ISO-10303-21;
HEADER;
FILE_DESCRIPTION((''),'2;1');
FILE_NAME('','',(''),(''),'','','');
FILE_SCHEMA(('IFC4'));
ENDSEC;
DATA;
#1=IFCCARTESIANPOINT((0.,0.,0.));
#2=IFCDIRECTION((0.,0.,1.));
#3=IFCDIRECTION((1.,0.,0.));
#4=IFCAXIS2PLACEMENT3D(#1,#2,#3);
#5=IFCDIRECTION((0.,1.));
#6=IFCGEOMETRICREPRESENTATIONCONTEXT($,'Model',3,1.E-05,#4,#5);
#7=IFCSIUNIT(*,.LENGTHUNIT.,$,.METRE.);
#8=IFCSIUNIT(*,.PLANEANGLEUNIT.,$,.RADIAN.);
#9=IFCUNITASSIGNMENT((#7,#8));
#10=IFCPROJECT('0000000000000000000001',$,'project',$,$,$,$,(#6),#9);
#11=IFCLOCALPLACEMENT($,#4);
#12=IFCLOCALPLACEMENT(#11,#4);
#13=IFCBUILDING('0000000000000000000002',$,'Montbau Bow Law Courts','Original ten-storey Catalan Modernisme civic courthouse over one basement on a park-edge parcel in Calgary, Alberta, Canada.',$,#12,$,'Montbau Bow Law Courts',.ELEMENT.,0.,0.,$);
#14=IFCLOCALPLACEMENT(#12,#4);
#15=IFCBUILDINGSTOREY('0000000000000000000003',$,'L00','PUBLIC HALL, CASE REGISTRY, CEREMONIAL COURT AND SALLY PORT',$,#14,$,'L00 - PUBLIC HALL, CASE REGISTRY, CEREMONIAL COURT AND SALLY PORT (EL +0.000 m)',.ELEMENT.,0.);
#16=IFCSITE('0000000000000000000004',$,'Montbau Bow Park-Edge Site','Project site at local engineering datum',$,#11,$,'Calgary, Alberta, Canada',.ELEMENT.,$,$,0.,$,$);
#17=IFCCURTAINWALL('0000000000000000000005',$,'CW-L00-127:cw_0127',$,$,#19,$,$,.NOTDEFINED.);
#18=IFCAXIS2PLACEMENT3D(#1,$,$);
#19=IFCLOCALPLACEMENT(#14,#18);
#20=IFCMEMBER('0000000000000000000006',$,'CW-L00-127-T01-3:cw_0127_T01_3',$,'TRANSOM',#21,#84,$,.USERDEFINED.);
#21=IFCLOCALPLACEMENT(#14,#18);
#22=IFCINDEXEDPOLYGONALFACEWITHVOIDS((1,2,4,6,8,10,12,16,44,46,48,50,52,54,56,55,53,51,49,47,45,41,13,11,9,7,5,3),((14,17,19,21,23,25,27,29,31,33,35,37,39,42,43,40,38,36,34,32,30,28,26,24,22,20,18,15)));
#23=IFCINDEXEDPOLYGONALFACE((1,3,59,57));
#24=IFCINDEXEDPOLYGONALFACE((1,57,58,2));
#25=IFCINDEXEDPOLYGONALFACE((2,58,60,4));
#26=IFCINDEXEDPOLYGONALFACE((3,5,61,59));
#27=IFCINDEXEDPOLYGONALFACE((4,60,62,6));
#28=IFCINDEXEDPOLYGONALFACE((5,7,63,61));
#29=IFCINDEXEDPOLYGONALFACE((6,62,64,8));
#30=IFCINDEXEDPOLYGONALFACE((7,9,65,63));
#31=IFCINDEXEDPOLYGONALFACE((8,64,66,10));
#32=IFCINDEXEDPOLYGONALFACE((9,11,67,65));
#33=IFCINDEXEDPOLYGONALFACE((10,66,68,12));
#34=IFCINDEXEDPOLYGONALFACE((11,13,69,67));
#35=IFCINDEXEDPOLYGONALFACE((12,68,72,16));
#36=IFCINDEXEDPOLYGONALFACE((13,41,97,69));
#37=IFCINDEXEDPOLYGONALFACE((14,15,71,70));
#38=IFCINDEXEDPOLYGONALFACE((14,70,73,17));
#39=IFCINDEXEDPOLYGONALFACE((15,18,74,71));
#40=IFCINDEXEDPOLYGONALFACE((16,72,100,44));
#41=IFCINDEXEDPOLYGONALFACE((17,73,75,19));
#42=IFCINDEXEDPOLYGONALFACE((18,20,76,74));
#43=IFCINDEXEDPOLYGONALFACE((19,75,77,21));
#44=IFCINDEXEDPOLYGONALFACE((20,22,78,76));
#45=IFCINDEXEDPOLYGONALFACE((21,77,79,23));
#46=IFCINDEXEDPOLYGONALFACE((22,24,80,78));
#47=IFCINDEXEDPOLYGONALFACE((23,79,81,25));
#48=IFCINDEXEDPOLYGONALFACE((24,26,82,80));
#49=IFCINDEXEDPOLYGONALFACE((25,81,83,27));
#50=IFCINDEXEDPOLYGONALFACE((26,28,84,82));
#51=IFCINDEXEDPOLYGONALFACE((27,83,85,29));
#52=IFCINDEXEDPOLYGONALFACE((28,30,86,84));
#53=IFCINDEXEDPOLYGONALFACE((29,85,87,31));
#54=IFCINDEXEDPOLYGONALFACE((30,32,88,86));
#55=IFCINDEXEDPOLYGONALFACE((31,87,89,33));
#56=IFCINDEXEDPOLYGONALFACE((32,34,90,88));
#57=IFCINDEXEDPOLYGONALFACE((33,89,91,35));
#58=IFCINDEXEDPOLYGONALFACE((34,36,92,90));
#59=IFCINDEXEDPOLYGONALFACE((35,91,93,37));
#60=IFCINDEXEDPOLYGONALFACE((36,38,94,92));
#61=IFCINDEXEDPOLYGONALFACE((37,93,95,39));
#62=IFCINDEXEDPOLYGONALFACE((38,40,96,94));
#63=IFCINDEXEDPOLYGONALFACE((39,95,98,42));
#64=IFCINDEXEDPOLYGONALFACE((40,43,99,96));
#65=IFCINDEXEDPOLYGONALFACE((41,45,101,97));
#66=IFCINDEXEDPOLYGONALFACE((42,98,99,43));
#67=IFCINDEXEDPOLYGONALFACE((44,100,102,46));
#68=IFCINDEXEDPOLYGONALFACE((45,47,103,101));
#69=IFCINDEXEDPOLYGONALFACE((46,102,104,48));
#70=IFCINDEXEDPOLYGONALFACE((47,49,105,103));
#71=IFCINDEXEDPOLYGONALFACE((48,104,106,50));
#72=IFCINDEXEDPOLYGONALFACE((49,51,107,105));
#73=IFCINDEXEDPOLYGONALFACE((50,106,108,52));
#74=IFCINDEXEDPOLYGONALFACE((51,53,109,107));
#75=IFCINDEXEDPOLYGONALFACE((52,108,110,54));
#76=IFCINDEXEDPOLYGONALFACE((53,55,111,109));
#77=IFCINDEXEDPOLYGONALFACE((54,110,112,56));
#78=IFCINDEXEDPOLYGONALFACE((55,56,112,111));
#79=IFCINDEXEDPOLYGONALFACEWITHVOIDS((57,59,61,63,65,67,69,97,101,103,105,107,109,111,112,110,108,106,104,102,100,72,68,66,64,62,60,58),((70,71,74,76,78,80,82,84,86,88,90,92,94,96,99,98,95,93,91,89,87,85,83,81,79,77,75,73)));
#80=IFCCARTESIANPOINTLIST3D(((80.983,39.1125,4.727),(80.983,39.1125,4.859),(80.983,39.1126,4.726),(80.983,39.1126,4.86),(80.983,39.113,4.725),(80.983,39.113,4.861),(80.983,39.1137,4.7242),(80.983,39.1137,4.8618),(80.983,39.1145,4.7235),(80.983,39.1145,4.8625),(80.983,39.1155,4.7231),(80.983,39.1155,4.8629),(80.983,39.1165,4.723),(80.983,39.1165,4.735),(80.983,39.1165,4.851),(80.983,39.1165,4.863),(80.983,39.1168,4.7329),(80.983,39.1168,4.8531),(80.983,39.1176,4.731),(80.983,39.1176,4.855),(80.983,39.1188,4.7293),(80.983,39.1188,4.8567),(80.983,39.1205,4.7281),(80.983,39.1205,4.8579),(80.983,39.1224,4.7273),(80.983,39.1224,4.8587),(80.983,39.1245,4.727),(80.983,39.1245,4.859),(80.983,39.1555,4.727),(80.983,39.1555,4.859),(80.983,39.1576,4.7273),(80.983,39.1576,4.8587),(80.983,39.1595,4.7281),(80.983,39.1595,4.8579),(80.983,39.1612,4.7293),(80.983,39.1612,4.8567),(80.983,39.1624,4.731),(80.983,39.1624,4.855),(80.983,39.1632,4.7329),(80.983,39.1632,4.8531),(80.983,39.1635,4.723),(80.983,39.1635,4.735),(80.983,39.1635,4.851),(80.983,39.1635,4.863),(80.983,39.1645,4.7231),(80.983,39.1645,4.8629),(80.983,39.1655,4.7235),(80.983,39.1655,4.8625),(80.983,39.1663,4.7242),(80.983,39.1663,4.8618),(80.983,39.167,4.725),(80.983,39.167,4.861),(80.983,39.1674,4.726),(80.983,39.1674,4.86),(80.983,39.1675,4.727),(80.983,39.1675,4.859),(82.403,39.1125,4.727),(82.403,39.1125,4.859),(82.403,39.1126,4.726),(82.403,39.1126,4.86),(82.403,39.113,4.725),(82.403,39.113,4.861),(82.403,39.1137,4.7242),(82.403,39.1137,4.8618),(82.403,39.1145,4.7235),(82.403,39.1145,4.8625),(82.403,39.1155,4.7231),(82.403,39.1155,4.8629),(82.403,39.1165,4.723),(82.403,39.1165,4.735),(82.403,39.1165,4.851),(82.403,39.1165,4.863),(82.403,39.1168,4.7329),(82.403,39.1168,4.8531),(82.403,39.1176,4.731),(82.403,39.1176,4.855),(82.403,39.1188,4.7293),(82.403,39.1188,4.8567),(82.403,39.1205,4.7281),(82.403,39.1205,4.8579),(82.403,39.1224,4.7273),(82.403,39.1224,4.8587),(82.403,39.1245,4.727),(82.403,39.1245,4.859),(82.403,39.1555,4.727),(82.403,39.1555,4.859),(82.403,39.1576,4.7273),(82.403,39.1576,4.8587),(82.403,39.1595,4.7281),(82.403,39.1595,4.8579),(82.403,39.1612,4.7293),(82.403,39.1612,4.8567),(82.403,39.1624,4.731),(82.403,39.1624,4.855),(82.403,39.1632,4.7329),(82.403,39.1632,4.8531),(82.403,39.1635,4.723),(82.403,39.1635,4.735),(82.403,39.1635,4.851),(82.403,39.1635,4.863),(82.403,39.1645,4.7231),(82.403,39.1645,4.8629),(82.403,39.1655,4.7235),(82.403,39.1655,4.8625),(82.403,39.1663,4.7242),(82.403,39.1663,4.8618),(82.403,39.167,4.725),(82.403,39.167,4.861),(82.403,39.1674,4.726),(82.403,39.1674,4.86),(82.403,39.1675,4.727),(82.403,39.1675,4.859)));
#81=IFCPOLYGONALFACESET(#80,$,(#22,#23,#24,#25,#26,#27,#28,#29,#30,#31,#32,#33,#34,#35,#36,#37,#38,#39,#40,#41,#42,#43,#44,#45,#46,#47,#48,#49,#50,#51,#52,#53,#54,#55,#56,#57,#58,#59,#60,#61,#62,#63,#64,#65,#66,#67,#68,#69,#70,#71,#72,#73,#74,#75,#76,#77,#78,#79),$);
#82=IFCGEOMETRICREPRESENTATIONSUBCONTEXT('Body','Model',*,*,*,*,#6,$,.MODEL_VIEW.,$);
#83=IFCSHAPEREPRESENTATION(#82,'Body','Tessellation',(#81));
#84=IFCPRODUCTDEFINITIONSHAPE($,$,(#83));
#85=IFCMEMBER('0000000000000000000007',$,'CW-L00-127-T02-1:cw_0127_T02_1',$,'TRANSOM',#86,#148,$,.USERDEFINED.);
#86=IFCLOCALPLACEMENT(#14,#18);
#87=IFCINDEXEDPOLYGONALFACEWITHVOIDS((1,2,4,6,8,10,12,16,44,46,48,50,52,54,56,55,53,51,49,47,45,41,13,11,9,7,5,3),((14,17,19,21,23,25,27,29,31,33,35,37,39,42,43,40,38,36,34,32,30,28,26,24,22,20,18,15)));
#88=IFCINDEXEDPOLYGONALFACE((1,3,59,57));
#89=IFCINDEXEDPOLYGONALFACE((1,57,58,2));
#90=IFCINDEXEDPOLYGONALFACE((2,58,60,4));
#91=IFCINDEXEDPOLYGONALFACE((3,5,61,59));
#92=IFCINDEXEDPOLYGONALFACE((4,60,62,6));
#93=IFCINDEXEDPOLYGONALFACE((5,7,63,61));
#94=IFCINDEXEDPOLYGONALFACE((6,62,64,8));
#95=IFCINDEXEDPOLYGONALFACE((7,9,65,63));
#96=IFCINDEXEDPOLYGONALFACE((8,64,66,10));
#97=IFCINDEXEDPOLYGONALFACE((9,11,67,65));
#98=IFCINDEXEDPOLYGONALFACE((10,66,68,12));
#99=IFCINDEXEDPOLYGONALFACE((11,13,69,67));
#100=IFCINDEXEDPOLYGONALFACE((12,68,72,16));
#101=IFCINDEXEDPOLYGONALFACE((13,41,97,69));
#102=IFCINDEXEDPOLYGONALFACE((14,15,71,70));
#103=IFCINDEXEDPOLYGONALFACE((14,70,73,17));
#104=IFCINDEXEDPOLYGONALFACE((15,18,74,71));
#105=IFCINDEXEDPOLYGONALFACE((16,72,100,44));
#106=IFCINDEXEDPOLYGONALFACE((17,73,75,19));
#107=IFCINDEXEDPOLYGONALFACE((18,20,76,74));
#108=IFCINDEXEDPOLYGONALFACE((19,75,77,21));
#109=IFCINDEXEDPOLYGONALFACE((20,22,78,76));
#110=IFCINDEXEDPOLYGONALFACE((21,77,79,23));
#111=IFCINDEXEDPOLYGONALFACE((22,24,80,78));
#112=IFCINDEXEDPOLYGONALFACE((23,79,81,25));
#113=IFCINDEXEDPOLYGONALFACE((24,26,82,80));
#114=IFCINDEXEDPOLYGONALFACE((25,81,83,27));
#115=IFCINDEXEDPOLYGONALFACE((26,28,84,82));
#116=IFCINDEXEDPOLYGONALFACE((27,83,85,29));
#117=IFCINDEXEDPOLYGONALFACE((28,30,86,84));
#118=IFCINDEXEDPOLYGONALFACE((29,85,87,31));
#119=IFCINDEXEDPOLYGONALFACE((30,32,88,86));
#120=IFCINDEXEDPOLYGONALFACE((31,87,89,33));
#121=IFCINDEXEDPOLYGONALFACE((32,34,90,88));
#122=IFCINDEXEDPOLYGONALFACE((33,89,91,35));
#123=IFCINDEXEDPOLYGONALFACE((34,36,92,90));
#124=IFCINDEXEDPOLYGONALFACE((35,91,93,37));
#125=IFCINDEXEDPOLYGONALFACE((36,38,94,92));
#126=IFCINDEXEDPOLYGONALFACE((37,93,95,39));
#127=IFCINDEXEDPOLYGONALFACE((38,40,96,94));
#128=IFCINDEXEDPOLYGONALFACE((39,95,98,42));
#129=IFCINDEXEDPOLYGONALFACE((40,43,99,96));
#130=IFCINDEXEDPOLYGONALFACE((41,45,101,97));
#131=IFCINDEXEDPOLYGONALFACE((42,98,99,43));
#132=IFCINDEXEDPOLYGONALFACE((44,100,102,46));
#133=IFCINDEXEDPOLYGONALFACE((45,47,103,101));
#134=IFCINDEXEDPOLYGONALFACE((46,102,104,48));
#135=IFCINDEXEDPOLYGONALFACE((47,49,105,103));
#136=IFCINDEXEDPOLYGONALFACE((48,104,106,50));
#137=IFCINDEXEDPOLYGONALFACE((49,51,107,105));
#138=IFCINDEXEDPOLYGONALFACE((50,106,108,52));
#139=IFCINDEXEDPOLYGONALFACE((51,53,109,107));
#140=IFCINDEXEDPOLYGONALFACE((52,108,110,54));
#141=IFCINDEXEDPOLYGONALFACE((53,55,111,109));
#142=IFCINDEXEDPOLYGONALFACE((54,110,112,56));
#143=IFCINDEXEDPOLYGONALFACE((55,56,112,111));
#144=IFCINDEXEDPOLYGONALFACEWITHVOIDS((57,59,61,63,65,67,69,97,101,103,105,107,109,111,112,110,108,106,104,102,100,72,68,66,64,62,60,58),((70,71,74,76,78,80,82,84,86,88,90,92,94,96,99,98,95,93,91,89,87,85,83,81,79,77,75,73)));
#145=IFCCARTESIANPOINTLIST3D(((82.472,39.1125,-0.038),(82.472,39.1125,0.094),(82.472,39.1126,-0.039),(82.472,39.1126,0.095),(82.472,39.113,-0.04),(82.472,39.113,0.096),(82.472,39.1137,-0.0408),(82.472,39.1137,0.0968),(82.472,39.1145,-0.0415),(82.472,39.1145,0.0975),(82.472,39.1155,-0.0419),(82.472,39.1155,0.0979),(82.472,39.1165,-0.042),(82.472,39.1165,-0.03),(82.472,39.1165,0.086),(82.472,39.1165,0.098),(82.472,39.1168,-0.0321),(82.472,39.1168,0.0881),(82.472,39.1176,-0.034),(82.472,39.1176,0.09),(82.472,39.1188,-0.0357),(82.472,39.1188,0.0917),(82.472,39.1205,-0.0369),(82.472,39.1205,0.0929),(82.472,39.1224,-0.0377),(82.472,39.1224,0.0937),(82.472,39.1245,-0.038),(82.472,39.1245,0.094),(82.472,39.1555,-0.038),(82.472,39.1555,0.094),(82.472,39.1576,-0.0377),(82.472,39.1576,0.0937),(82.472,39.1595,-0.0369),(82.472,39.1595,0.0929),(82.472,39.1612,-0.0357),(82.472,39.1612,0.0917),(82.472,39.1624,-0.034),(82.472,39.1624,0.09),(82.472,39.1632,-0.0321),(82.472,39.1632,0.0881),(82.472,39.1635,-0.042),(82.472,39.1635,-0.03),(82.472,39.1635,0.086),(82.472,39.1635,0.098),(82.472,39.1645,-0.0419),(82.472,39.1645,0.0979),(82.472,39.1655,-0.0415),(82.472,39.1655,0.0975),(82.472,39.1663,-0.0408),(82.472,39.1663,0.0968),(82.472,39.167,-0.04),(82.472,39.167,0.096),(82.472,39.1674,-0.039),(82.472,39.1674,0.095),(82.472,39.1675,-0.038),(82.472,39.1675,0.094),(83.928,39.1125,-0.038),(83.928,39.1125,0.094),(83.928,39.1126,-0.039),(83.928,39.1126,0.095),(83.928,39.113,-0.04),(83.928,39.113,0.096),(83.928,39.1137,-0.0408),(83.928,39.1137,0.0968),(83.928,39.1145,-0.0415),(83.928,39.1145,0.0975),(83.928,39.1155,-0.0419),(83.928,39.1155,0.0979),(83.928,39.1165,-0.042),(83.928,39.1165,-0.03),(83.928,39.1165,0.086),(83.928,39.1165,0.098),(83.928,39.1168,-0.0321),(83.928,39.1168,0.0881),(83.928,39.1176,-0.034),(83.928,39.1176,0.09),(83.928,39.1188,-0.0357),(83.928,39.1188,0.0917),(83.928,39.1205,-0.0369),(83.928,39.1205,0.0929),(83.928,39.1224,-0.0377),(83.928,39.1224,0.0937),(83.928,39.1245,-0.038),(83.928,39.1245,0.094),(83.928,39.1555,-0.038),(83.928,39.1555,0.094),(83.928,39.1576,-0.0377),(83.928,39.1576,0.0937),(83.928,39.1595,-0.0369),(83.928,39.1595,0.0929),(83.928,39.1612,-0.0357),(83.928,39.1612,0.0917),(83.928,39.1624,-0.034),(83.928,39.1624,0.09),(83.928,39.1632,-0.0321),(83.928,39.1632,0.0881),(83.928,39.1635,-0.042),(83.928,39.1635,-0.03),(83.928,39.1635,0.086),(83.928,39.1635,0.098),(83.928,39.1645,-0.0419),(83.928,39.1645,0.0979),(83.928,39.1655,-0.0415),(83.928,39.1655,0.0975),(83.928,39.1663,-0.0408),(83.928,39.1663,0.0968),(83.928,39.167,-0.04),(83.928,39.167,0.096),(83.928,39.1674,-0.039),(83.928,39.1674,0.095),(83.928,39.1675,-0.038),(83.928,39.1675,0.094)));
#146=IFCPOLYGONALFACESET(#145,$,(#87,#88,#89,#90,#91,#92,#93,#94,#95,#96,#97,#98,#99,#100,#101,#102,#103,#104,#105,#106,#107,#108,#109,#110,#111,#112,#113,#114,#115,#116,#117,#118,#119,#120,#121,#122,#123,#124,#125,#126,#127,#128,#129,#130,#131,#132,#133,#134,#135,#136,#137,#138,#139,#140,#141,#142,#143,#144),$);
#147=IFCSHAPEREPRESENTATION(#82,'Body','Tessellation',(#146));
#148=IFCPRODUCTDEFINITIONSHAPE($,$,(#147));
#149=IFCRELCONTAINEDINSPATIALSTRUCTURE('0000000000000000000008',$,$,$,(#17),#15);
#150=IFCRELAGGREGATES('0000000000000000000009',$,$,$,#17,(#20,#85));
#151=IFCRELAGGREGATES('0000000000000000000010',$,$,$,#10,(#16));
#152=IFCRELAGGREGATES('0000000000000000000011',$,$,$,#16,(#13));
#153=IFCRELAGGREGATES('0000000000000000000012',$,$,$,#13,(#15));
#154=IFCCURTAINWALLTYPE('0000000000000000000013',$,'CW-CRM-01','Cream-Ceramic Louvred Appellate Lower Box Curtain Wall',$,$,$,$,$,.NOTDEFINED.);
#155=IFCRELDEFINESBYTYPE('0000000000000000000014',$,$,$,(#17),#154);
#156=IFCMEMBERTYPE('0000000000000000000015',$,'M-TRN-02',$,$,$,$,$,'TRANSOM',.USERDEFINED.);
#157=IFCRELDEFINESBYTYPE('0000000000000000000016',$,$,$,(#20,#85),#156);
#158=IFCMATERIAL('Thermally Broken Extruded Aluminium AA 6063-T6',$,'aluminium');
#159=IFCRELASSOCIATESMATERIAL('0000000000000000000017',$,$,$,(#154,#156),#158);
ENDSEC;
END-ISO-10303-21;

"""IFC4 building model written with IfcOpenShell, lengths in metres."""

from ifc_helpers import new_model, si_unit, direction, frame, origin_with_axes, origin_2d_with_axis, place, context, subcontext, project, spatial, hollow_rectangle, extrude, material, material_profile, profile_set, type_object, element, aggregate, save


model = new_model("IFC4")

# Units and contexts
model_context = context("Model", 3, precision=1e-05, world=origin_with_axes(), true_north=direction((0.0, 1.0)))
body_context = subcontext(model_context, "Body", "Model", "MODEL_VIEW")
ifc_project = project(units=[si_unit("LENGTHUNIT", "METRE"), si_unit("PLANEANGLEUNIT", "RADIAN")], contexts=[model_context])

# Site, building, storey
site_placement = place(None, origin_with_axes())
site = spatial("IfcSite", under=ifc_project, at=site_placement, Name="Montbau Bow Park-Edge Site", Description="Project site at local engineering datum", LongName="Calgary, Alberta, Canada", CompositionType="ELEMENT", RefElevation=0.0)
building_placement = place(site_placement, origin_with_axes())
building = spatial("IfcBuilding", under=site, at=building_placement, Name="Montbau Bow Law Courts", Description="Original ten-storey Catalan Modernisme civic courthouse over one basement on a park-edge parcel in Calgary, Alberta, Canada.", LongName="Montbau Bow Law Courts", CompositionType="ELEMENT", ElevationOfRefHeight=0.0, ElevationOfTerrain=0.0)
storey_placement = place(building_placement, origin_with_axes())
storey = spatial("IfcBuildingStorey", under=building, at=storey_placement, Name="L00", Description="PUBLIC HALL, CASE REGISTRY, CEREMONIAL COURT AND SALLY PORT", LongName="L00 - PUBLIC HALL, CASE REGISTRY, CEREMONIAL COURT AND SALLY PORT (EL +0.000 m)", CompositionType="ELEMENT", Elevation=0.0)

# Curtain wall, members
ifc_material_1 = material(Name="Thermally Broken Extruded Aluminium AA 6063-T6", Category="aluminium")
curtain_wall_type = type_object("IfcCurtainWallType", Name="CW-CRM-01", Description="Cream-Ceramic Louvred Appellate Lower Box Curtain Wall", PredefinedType="NOTDEFINED", material=ifc_material_1)
curtain_wall_placement = place(None, frame((80.915, 39.14, 0.0), z_axis=(0.0, 0.0, 1.0), x_axis=(1.0, 0.0, 0.0)))
curtain_wall = element("IfcCurtainWall", 1, at=curtain_wall_placement, inside=storey, type_object=curtain_wall_type, Name="CW-L00-127:cw_0127", PredefinedType="NOTDEFINED")
ifc_material_profile_1 = material_profile(ifc_material_1, hollow_rectangle(XDim=0.055, YDim=0.14, WallThickness=0.004, InnerFilletRadius=0.008, OuterFilletRadius=0.004, at=origin_2d_with_axis()), Name="CWT-140X55", Category="Main", Priority=0)
ifc_profile_set_1 = profile_set([ifc_material_profile_1], Name="Thermally Broken Extruded Aluminium AA 6063-T6")
member_type_1 = type_object("IfcMemberType", Name="M-TRN-02", ElementType="TRANSOM", PredefinedType="USERDEFINED", material=ifc_profile_set_1)
member_1_placement = place(None, frame((80.983, 39.14, 4.793), z_axis=(1.0, 0.0, 0.0), x_axis=(0.0, 1.0, 0.0)))
member_1 = element("IfcMember", 2, at=member_1_placement, type_object=member_type_1, Name="CW-L00-127-T01-3:cw_0127_T01_3", ObjectType="TRANSOM", PredefinedType="USERDEFINED", context=body_context, shape_type="SweptSolid", body=[
    extrude(hollow_rectangle(XDim=0.055, YDim=0.14, WallThickness=0.004, InnerFilletRadius=0.008, OuterFilletRadius=0.004, at=origin_2d_with_axis()), origin_with_axes(), (0.0, 0.0, 1.0), 1.42),
])
member_2_placement = place(None, frame((82.472, 39.14, 0.028), z_axis=(1.0, 0.0, 0.0), x_axis=(0.0, 1.0, 0.0)))
member_2 = element("IfcMember", 3, at=member_2_placement, type_object=member_type_1, Name="CW-L00-127-T02-1:cw_0127_T02_1", ObjectType="TRANSOM", PredefinedType="USERDEFINED", context=body_context, shape_type="SweptSolid", body=[
    extrude(hollow_rectangle(XDim=0.055, YDim=0.14, WallThickness=0.004, InnerFilletRadius=0.008, OuterFilletRadius=0.004, at=origin_2d_with_axis()), origin_with_axes(), (0.0, 0.0, 1.0), 1.456),
])
aggregate(curtain_wall, [member_1, member_2])

save(model, "model.ifc")
